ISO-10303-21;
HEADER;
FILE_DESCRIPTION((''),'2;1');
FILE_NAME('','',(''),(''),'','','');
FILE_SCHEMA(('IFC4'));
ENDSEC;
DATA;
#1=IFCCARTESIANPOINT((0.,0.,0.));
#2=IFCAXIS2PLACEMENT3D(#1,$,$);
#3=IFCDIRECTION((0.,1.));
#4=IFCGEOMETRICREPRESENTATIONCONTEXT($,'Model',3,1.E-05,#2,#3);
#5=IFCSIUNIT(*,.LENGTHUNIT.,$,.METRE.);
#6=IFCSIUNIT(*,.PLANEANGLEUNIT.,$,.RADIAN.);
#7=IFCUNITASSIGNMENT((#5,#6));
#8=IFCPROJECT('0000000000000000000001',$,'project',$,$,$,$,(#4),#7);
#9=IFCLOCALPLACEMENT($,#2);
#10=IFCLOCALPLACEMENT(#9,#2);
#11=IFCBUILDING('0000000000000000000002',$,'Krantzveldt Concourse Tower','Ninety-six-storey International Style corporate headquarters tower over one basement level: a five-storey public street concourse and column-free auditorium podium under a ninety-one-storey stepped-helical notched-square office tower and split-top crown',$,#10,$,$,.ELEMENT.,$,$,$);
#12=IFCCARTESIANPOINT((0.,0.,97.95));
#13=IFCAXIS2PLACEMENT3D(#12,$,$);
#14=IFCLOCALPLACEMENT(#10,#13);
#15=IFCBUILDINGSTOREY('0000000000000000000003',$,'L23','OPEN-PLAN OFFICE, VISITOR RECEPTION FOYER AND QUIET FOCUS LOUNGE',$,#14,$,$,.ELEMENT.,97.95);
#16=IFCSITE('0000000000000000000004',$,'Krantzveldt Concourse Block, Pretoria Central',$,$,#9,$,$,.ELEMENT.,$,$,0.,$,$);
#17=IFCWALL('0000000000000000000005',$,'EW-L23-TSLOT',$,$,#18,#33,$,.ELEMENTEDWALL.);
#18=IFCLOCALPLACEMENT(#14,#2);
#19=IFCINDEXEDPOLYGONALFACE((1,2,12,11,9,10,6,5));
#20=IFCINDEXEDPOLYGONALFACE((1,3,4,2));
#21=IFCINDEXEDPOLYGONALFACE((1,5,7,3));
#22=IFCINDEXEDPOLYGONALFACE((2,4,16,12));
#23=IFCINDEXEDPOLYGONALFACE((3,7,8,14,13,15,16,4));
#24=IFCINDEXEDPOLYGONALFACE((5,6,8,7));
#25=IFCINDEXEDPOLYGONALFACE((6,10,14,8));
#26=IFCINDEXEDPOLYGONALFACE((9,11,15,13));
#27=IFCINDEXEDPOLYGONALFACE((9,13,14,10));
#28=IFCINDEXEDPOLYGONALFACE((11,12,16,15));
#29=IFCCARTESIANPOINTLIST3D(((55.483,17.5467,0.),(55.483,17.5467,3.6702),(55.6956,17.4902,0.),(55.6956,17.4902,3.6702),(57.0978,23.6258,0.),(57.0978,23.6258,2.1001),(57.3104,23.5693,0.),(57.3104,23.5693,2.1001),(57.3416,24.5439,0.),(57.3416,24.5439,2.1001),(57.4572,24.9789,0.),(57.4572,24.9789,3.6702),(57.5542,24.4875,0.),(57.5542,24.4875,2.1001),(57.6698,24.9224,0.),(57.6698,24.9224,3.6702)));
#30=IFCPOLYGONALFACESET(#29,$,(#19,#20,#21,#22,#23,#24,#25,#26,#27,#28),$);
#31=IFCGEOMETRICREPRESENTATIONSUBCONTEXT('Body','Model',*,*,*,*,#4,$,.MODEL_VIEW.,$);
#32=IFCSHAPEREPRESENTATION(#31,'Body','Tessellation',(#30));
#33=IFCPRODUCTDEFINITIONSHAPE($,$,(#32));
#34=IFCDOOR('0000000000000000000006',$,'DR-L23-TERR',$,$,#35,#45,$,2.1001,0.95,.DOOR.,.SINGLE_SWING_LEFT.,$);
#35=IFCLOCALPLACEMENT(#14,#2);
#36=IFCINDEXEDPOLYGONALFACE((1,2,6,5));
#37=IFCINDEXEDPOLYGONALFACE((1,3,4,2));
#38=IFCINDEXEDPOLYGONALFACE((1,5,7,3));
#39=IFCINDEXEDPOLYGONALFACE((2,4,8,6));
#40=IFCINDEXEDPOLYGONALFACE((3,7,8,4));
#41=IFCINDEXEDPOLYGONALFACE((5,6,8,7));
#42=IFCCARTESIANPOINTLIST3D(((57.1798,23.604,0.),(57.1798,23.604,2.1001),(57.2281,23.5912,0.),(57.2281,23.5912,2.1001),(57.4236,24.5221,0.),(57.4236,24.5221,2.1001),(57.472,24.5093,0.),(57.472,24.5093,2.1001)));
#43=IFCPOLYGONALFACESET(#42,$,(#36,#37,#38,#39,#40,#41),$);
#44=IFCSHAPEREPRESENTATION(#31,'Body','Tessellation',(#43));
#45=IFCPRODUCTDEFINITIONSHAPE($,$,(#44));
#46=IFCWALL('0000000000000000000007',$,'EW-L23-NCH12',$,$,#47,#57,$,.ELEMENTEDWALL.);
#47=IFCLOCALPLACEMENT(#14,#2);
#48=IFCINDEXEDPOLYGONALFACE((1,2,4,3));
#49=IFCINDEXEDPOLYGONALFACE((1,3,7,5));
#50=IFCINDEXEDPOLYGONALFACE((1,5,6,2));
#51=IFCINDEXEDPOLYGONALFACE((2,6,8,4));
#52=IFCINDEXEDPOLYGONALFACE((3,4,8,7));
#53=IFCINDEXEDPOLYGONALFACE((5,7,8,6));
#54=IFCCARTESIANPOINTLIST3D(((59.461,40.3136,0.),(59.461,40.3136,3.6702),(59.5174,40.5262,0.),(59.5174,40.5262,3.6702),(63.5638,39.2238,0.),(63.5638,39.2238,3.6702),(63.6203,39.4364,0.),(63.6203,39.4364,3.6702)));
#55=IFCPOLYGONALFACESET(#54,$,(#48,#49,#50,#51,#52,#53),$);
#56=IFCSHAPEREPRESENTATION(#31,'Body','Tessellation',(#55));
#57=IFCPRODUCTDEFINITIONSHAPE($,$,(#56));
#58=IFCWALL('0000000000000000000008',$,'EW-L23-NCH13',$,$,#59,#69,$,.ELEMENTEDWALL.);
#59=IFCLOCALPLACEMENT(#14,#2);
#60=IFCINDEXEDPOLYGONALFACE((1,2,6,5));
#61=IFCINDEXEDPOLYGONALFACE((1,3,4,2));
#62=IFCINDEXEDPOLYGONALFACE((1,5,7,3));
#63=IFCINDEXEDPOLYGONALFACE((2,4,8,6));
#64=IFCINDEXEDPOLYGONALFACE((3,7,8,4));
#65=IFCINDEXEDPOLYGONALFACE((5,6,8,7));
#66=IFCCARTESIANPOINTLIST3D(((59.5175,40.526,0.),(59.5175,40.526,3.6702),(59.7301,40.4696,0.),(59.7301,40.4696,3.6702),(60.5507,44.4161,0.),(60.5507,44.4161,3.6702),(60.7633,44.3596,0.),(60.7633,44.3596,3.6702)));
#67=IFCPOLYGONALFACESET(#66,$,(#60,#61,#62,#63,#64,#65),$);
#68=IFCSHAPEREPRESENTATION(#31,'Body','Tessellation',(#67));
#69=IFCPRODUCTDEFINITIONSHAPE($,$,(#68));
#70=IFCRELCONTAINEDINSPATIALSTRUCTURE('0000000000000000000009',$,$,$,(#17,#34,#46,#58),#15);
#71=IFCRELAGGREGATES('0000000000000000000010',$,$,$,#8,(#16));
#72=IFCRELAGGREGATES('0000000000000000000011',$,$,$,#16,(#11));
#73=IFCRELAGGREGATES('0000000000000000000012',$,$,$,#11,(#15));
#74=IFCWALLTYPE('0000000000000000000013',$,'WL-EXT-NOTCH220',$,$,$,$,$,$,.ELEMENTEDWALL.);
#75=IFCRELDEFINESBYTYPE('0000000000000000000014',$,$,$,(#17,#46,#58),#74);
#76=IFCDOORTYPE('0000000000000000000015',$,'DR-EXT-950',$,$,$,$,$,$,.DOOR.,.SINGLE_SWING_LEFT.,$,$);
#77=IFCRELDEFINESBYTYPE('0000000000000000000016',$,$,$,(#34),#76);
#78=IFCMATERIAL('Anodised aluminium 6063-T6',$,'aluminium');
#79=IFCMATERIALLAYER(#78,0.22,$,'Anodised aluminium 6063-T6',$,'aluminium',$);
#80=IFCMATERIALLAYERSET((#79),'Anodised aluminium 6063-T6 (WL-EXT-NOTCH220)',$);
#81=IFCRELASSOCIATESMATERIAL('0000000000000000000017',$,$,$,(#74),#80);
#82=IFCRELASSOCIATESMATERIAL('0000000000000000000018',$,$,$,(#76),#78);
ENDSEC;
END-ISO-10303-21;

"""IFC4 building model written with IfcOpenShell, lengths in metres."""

from ifc_helpers import new_model, si_unit, direction, frame, frame_2d, origin, place, context, subcontext, project, spatial, rectangle, extrude, material, layer, layer_set, type_object, element, fill, save


model = new_model("IFC4")

# Units and contexts
model_context = context("Model", 3, precision=1e-05, world=origin(), true_north=direction((0.0, 1.0)))
body_context = subcontext(model_context, "Body", "Model", "MODEL_VIEW")
ifc_project = project(units=[si_unit("LENGTHUNIT", "METRE"), si_unit("PLANEANGLEUNIT", "RADIAN")], contexts=[model_context])

# Site, building, storey
site_placement = place(None, origin())
site = spatial("IfcSite", under=ifc_project, at=site_placement, Name="Krantzveldt Concourse Block, Pretoria Central", CompositionType="ELEMENT", RefElevation=0.0)
building_placement = place(site_placement, origin())
building = spatial("IfcBuilding", under=site, at=building_placement, Name="Krantzveldt Concourse Tower", Description="Ninety-six-storey International Style corporate headquarters tower over one basement level: a five-storey public street concourse and column-free auditorium podium under a ninety-one-storey stepped-helical notched-square office tower and split-top crown", CompositionType="ELEMENT")
storey_placement = place(building_placement, frame((0.0, 0.0, 97.95)))
storey = spatial("IfcBuildingStorey", under=building, at=storey_placement, Name="L23", Description="OPEN-PLAN OFFICE, VISITOR RECEPTION FOYER AND QUIET FOCUS LOUNGE", CompositionType="ELEMENT", Elevation=97.95)

# Shared definitions
ifc_material_1 = material(Name="Anodised aluminium 6063-T6", Category="aluminium")

# Wall, opening, door
ifc_layer_1 = layer(ifc_material_1, 0.22, Name="Anodised aluminium 6063-T6", Category="aluminium")
ifc_layer_set_1 = layer_set([ifc_layer_1], Name="Anodised aluminium 6063-T6 (WL-EXT-NOTCH220)")
wall_type = type_object("IfcWallType", Name="WL-EXT-NOTCH220", PredefinedType="ELEMENTEDWALL", material=ifc_layer_set_1)
wall_1_placement = place(storey_placement, frame((57.5635, 24.9507, 0.0), z_axis=(0.0, 0.0, 1.0), x_axis=(-0.256718, -0.966486, 0.0)))
wall_1 = element("IfcWall", 1, at=wall_1_placement, inside=storey, type_object=wall_type, Name="EW-L23-TSLOT", PredefinedType="ELEMENTEDWALL", context=body_context, shape_type="SweptSolid", body=[
    extrude(rectangle(XDim=7.6899, YDim=0.22, at=frame_2d((3.845, 0.0))), origin(), (0.0, 0.0, 1.0), 3.6702),
])
opening_placement = place(wall_1_placement, frame((0.45, 0.0, 0.0)))
opening = element("IfcOpeningElement", 2, at=opening_placement, cuts=wall_1, PredefinedType="OPENING", context=body_context, shape_type="SweptSolid", body=[
    extrude(rectangle(XDim=0.95, YDim=2.1001, at=frame_2d((0.4751, 1.05))), frame((0.0, 0.1201, 0.0), z_axis=(0.0, -1.0, 0.0), x_axis=(1.0, 0.0, 0.0)), (0.0, 0.0, 1.0), 0.24),
])
door_type = type_object("IfcDoorType", Name="DR-EXT-950", OperationType="SINGLE_SWING_LEFT", PredefinedType="DOOR", material=ifc_material_1)
door_placement = place(opening_placement, origin())
door = element("IfcDoor", 3, at=door_placement, inside=storey, type_object=door_type, Name="DR-L23-TERR", OperationType="SINGLE_SWING_LEFT", OverallHeight=2.1001, OverallWidth=0.95, PredefinedType="DOOR", context=body_context, shape_type="SweptSolid", body=[
    extrude(rectangle(XDim=0.95, YDim=2.1001, at=frame_2d((0.4751, 1.05))), frame((0.0, 0.0249, 0.0), z_axis=(0.0, -1.0, 0.0), x_axis=(1.0, 0.0, 0.0)), (0.0, 0.0, 1.0), 0.05),
])
fill(opening, door)

# Walls
wall_2_placement = place(storey_placement, frame((63.592, 39.3301, 0.0), z_axis=(0.0, 0.0, 1.0), x_axis=(-0.966483, 0.256732, 0.0)))
element("IfcWall", 4, at=wall_2_placement, inside=storey, type_object=wall_type, Name="EW-L23-NCH12", PredefinedType="ELEMENTEDWALL", context=body_context, shape_type="SweptSolid", body=[
    extrude(rectangle(XDim=4.2451, YDim=0.22, at=frame_2d((2.1226, 0.0))), origin(), (0.0, 0.0, 1.0), 3.6702),
])
wall_3_placement = place(storey_placement, frame((59.6238, 40.4978, 0.0), z_axis=(0.0, 0.0, 1.0), x_axis=(0.256696, 0.966492, 0.0)))
element("IfcWall", 5, at=wall_3_placement, inside=storey, type_object=wall_type, Name="EW-L23-NCH13", PredefinedType="ELEMENTEDWALL", context=body_context, shape_type="SweptSolid", body=[
    extrude(rectangle(XDim=4.0249, YDim=0.22, at=frame_2d((2.0125, 0.0))), origin(), (0.0, 0.0, 1.0), 3.6702),
])

save(model, "model.ifc")
